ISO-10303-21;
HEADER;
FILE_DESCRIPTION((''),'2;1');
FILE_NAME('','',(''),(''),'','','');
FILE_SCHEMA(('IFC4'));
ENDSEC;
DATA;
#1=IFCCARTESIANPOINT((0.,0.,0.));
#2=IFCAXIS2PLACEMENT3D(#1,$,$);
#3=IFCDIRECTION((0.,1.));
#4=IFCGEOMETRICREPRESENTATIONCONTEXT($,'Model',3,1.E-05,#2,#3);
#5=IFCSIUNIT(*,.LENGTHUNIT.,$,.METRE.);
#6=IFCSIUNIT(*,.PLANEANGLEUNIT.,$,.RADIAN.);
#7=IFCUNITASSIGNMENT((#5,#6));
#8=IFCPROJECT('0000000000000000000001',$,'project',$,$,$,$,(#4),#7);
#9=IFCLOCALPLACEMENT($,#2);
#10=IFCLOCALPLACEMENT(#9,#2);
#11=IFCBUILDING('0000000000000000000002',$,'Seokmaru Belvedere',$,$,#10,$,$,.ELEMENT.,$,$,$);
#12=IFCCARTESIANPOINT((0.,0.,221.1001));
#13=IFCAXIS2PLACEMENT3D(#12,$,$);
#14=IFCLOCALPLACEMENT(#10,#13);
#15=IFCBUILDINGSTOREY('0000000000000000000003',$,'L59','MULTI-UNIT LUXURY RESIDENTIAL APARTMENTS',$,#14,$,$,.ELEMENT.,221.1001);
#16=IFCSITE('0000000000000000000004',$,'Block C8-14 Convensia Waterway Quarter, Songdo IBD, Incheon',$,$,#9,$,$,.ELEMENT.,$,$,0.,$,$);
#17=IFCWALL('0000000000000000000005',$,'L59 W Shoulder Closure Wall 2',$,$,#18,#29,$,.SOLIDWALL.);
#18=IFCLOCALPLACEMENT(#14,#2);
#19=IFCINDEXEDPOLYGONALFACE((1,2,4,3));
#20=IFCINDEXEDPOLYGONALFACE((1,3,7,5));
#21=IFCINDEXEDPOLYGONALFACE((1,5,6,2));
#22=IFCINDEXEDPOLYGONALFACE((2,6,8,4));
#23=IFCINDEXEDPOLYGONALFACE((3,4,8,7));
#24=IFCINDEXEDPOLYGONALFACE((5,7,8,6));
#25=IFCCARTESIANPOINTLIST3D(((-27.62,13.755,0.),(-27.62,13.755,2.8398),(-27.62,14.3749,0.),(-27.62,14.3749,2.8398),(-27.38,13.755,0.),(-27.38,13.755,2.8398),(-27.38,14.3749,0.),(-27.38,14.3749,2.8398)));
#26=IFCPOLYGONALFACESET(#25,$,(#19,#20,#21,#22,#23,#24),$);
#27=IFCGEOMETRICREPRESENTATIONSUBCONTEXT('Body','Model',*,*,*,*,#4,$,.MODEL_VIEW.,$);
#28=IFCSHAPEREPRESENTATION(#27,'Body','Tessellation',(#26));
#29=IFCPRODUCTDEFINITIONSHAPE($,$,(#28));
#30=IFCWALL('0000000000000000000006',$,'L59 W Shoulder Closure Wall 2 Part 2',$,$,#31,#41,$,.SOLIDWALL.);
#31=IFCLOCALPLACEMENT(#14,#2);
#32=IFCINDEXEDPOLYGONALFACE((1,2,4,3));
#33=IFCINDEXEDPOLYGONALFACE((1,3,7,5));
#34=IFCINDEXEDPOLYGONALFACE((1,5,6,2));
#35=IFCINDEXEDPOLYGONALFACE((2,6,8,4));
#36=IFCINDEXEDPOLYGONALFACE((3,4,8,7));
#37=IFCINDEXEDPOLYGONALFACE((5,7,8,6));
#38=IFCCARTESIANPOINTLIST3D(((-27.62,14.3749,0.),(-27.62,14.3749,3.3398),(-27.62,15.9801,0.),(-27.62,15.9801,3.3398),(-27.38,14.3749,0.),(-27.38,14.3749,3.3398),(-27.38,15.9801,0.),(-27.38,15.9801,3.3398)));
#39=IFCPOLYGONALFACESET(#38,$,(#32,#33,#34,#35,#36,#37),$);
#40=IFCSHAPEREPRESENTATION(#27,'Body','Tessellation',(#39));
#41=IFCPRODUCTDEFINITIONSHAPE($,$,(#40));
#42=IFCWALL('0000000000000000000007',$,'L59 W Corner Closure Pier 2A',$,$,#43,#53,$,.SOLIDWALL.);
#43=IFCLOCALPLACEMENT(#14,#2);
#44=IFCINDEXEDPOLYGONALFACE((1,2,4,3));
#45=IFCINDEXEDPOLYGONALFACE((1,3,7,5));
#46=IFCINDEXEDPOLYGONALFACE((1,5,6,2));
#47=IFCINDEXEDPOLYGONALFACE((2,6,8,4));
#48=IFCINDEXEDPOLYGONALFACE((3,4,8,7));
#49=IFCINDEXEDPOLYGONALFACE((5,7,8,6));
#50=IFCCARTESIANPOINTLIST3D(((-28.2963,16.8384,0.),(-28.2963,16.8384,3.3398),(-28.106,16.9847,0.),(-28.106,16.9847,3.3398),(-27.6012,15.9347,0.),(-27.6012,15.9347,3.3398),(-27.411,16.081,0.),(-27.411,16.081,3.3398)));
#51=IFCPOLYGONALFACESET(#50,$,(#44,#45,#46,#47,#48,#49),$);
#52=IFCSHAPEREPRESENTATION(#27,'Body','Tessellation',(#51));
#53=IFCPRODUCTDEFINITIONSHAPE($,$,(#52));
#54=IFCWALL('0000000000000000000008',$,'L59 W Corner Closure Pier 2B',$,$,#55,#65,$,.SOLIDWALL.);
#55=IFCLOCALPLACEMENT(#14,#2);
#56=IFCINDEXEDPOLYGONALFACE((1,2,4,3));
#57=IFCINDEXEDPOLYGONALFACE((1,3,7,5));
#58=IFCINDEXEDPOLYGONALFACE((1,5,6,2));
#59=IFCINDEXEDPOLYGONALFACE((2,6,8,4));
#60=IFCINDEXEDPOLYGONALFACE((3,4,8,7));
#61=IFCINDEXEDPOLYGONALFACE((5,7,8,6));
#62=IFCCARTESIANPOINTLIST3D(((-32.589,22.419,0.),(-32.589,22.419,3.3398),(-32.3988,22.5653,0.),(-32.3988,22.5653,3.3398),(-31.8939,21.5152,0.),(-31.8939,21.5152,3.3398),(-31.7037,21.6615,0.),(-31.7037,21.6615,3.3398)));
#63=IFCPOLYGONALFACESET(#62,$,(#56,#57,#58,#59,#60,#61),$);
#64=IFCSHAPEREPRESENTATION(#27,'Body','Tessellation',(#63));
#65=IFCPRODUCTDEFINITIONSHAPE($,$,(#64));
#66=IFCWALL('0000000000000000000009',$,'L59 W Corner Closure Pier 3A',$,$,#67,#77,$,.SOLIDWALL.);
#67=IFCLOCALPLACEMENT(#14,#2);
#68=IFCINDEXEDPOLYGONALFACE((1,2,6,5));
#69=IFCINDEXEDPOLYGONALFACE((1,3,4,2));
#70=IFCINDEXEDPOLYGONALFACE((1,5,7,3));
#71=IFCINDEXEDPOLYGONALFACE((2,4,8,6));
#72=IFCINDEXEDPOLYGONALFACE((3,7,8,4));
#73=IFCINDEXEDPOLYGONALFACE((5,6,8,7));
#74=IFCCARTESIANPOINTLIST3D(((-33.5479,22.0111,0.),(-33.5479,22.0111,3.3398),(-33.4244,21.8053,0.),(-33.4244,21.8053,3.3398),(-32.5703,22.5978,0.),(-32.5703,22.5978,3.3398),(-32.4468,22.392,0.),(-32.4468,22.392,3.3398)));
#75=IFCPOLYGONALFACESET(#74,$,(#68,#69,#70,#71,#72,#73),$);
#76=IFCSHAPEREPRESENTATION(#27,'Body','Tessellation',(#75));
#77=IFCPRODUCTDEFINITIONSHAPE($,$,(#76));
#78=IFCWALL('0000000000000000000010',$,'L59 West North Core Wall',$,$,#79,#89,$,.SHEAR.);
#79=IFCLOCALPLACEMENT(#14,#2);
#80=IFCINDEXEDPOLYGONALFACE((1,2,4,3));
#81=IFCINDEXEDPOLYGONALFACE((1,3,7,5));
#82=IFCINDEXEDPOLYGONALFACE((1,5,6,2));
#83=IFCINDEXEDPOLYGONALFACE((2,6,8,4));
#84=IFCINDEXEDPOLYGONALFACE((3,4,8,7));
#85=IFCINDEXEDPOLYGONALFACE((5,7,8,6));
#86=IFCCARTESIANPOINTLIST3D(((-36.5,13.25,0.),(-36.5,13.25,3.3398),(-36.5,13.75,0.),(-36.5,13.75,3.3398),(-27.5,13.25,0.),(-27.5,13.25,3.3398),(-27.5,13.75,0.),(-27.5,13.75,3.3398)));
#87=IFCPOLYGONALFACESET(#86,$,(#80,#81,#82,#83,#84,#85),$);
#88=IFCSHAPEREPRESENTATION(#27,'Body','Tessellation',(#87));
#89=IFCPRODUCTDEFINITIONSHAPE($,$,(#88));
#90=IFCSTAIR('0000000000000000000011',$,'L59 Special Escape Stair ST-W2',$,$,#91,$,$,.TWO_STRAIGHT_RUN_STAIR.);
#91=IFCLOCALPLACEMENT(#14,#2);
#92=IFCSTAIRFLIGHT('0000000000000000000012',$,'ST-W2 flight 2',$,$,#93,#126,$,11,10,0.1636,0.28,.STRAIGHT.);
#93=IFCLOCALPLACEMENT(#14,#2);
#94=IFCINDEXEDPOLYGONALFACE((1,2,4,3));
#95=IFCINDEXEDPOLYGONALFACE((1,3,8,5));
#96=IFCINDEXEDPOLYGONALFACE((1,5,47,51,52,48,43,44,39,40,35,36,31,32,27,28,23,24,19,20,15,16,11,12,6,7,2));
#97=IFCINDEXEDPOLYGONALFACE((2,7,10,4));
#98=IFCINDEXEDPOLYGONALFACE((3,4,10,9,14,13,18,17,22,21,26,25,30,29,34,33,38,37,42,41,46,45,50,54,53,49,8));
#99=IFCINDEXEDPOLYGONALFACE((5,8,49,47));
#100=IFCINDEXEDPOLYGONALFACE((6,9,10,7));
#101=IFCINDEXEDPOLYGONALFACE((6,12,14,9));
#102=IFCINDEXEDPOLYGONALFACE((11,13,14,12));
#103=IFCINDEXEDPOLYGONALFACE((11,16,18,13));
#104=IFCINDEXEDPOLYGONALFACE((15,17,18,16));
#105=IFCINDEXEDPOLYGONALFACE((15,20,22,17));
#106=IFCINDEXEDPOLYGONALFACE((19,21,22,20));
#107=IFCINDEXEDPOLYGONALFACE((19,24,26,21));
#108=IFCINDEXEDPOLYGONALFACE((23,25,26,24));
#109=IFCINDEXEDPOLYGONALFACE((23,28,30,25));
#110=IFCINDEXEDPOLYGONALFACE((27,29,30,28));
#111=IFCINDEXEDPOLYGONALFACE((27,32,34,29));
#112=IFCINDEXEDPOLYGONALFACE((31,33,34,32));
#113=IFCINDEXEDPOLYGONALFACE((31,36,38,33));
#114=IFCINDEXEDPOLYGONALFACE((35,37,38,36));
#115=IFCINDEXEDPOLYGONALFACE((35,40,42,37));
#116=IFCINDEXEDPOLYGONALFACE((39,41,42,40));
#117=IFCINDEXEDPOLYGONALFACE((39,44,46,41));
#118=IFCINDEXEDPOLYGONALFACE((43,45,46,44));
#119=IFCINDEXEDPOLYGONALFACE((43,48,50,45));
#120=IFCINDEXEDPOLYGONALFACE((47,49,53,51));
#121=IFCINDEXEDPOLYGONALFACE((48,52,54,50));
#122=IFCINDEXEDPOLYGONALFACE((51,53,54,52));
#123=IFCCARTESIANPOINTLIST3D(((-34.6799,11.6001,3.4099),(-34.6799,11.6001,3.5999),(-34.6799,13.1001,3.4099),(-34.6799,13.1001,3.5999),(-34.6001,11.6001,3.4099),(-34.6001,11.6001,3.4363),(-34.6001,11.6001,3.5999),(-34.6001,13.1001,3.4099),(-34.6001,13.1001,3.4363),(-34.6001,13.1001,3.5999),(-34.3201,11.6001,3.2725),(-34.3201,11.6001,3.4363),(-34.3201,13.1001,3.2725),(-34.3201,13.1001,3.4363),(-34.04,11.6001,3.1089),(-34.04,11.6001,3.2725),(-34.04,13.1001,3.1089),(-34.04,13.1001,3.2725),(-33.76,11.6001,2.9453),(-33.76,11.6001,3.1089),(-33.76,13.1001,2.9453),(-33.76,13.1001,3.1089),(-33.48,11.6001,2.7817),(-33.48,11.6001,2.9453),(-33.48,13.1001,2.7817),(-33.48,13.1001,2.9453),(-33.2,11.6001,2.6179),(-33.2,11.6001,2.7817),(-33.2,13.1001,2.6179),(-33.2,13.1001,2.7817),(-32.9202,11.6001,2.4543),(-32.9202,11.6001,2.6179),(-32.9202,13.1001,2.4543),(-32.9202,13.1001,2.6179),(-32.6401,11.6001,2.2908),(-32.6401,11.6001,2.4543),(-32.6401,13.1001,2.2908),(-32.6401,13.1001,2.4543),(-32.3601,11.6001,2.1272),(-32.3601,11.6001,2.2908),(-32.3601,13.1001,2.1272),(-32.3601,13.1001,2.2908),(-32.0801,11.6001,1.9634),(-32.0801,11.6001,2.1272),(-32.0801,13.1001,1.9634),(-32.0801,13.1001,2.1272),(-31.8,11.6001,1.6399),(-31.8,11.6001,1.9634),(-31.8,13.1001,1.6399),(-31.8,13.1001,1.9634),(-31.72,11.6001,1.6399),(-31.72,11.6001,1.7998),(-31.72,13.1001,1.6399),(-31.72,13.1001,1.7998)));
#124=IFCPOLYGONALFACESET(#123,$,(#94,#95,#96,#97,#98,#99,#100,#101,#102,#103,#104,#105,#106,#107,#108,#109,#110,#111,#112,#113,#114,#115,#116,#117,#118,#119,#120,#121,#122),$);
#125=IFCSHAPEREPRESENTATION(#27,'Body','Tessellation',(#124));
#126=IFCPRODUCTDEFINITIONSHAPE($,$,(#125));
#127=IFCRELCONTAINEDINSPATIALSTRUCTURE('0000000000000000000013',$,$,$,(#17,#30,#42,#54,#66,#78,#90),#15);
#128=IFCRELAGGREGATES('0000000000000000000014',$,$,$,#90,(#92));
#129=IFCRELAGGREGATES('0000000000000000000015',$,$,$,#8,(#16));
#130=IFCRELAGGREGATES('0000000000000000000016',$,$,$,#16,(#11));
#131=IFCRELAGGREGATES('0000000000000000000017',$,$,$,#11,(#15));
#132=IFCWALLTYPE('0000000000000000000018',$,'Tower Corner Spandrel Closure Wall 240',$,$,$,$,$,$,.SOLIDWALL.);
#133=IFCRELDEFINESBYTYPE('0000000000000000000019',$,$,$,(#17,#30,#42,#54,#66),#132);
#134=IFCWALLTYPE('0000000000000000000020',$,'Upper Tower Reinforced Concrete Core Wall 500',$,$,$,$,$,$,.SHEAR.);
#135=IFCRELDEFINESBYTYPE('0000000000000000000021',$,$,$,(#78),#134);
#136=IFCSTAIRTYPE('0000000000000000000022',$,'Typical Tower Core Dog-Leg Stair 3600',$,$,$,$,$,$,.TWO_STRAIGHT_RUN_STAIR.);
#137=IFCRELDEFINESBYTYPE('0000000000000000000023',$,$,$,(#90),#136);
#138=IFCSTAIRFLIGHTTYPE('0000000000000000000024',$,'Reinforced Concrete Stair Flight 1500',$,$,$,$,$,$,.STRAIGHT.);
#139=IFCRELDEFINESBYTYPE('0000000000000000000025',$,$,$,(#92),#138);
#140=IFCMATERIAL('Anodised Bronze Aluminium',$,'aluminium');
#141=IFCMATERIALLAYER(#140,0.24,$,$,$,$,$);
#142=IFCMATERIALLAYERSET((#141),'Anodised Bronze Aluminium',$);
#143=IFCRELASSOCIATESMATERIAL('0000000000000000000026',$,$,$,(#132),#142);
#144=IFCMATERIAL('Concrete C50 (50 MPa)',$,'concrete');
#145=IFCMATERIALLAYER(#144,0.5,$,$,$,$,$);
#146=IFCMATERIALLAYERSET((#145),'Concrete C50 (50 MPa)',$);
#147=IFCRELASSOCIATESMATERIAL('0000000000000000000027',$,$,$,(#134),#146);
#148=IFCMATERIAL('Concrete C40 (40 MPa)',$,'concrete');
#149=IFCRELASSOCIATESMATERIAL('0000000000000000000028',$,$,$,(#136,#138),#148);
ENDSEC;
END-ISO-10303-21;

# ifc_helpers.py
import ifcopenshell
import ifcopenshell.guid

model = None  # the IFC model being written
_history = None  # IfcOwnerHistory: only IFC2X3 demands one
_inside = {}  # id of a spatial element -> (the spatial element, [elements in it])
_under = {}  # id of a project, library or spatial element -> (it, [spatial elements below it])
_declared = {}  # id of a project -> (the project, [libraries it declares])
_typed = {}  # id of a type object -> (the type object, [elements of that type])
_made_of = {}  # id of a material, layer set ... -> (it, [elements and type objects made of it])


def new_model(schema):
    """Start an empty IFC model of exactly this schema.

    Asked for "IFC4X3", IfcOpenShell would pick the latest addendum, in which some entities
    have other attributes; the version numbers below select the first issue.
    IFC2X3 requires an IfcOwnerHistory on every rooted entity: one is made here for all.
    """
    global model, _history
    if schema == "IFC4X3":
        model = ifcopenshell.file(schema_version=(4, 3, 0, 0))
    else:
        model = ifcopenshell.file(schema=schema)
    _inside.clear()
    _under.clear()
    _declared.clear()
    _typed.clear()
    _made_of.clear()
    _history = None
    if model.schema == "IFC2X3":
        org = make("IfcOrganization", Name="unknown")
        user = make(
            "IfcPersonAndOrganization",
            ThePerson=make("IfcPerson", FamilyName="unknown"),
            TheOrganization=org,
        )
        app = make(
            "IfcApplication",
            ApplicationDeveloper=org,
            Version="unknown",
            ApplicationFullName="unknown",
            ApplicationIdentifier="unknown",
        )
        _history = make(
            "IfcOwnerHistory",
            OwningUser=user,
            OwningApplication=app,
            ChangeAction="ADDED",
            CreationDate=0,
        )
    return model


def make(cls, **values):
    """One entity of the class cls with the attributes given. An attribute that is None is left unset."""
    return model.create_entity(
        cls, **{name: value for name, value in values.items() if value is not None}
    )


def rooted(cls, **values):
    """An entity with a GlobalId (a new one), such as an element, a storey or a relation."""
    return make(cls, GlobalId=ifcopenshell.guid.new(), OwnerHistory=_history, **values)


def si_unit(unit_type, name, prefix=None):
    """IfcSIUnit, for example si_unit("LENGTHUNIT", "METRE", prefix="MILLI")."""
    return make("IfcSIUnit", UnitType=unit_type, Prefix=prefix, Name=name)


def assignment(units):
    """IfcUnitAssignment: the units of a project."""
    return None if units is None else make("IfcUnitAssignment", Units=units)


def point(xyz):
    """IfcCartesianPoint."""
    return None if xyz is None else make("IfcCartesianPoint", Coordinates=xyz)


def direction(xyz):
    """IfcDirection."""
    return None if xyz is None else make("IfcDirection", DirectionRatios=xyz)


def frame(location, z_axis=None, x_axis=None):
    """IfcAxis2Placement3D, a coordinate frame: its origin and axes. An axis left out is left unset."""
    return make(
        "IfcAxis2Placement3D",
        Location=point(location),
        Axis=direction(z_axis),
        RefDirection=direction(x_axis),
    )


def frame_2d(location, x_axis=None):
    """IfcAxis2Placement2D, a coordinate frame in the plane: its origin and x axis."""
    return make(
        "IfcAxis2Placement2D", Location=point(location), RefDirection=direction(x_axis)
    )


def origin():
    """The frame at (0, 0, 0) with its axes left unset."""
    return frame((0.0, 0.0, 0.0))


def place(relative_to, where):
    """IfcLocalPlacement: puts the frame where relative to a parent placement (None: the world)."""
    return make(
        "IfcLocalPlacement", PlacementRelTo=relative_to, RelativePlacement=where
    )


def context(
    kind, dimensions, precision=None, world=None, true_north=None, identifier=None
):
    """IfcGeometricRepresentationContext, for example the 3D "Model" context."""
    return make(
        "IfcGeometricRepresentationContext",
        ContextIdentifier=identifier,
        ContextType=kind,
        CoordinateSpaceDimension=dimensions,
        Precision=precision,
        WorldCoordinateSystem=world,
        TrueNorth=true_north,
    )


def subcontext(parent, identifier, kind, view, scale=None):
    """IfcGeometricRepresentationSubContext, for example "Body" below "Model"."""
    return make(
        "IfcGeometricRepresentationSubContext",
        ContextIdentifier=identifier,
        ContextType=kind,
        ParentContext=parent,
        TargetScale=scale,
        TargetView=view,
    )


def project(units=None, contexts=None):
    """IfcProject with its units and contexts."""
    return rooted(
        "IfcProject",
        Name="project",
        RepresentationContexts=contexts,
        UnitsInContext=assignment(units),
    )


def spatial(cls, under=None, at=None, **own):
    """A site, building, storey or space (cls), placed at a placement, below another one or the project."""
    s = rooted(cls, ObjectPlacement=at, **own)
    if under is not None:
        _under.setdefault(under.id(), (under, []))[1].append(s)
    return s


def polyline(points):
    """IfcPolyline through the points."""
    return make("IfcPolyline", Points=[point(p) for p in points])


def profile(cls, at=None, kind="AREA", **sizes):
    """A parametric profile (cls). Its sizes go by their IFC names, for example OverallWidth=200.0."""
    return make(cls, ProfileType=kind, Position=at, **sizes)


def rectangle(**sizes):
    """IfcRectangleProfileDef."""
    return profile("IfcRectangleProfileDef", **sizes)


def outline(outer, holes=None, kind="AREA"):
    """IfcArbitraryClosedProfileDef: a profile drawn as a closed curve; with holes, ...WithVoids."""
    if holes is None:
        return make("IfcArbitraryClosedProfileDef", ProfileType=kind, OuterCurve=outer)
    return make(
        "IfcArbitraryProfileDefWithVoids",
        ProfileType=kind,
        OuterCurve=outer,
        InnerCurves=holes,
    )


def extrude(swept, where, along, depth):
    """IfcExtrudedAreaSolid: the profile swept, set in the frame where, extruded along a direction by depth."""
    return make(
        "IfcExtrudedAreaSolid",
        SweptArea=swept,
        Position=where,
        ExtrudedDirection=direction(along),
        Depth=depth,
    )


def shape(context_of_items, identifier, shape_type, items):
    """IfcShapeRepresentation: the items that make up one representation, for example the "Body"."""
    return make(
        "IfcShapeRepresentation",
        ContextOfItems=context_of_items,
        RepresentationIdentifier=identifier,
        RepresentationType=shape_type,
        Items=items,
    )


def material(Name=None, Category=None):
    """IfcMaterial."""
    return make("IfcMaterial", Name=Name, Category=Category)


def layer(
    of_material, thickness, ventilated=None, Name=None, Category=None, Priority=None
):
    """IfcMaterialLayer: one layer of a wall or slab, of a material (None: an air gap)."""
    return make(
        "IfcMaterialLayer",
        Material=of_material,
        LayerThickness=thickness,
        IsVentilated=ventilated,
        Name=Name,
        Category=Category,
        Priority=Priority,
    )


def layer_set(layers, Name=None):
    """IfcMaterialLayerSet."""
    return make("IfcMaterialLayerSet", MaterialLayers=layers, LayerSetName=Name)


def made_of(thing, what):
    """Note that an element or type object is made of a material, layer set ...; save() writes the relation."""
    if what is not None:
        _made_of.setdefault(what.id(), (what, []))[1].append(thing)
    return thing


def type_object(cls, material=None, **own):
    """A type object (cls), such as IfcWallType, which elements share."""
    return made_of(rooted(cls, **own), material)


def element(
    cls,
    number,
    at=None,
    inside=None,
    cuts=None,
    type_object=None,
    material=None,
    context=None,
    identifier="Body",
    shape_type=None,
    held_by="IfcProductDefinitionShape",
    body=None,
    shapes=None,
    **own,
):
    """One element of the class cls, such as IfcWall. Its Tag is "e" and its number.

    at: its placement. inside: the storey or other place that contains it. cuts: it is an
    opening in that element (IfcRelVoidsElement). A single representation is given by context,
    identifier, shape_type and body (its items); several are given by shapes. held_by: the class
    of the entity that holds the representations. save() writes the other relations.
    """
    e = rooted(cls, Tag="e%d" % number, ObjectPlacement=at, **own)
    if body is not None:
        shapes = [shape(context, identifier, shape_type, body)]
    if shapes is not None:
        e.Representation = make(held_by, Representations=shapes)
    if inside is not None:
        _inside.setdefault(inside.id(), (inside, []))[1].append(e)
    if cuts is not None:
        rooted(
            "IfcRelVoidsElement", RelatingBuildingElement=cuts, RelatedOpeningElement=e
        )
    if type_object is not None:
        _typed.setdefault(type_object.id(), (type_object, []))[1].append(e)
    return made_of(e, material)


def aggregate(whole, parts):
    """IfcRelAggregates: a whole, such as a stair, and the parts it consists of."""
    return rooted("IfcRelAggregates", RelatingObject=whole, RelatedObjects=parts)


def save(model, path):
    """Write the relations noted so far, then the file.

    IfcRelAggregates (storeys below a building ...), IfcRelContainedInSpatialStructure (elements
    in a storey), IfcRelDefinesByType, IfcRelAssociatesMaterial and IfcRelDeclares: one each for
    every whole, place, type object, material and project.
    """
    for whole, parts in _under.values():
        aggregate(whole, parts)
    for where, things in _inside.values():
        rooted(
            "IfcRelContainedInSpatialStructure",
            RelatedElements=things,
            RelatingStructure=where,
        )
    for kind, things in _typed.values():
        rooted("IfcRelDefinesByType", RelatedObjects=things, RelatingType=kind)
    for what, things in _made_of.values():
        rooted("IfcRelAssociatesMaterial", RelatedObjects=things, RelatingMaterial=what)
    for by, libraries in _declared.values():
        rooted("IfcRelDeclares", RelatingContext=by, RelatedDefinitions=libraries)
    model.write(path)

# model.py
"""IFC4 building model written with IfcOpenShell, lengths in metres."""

from ifc_helpers import new_model, si_unit, direction, frame, frame_2d, origin, place, context, subcontext, project, spatial, polyline, rectangle, outline, extrude, material, layer, layer_set, type_object, element, aggregate, save


model = new_model("IFC4")

# Units and contexts
model_context = context("Model", 3, precision=1e-05, world=origin(), true_north=direction((0.0, 1.0)))
body_context = subcontext(model_context, "Body", "Model", "MODEL_VIEW")
ifc_project = project(units=[si_unit("LENGTHUNIT", "METRE"), si_unit("PLANEANGLEUNIT", "RADIAN")], contexts=[model_context])

# Site, building, storey
site_placement = place(None, origin())
site = spatial("IfcSite", under=ifc_project, at=site_placement, Name="Block C8-14 Convensia Waterway Quarter, Songdo IBD, Incheon", CompositionType="ELEMENT", RefElevation=0.0)
building_placement = place(site_placement, origin())
building = spatial("IfcBuilding", under=site, at=building_placement, Name="Seokmaru Belvedere", CompositionType="ELEMENT")
storey_placement = place(building_placement, frame((0.0, 0.0, 221.1001)))
storey = spatial("IfcBuildingStorey", under=building, at=storey_placement, Name="L59", Description="MULTI-UNIT LUXURY RESIDENTIAL APARTMENTS", CompositionType="ELEMENT", Elevation=221.1001)

# Shared definitions
ifc_material_1 = material(Name="Anodised Bronze Aluminium", Category="aluminium")

# Walls
ifc_layer_1 = layer(ifc_material_1, 0.24)
ifc_layer_set_1 = layer_set([ifc_layer_1], Name="Anodised Bronze Aluminium")
wall_type_1 = type_object("IfcWallType", Name="Tower Corner Spandrel Closure Wall 240", PredefinedType="SOLIDWALL", material=ifc_layer_set_1)
wall_1_placement = place(storey_placement, frame((-27.5, 13.7549, 0.0), z_axis=(0.0, 0.0, 1.0), x_axis=(0.0, 1.0, 0.0)))
element("IfcWall", 1, at=wall_1_placement, inside=storey, type_object=wall_type_1, Name="L59 W Shoulder Closure Wall 2", PredefinedType="SOLIDWALL", context=body_context, shape_type="SweptSolid", body=[
    extrude(rectangle(XDim=0.6199, YDim=0.24, at=frame_2d((0.3101, 0.0))), origin(), (0.0, 0.0, 1.0), 2.8398),
])
wall_2_placement = place(storey_placement, frame((-27.5, 14.3748, 0.0), z_axis=(0.0, 0.0, 1.0), x_axis=(0.0, 1.0, 0.0)))
element("IfcWall", 2, at=wall_2_placement, inside=storey, type_object=wall_type_1, Name="L59 W Shoulder Closure Wall 2 Part 2", PredefinedType="SOLIDWALL", context=body_context, shape_type="SweptSolid", body=[
    extrude(rectangle(XDim=1.6052, YDim=0.24, at=frame_2d((0.8027, 0.0))), origin(), (0.0, 0.0, 1.0), 3.3398),
])
for number, where, z_axis, x_axis, name in (
    (3, (-27.5061, 16.0078, 0.0), (0.0, 0.0, 1.0), (-0.609618, 0.792696, 0.0), "L59 W Corner Closure Pier 2A"),
    (4, (-31.7988, 21.5884, 0.0), (0.0, 0.0, 1.0), (-0.609618, 0.792696, 0.0), "L59 W Corner Closure Pier 2B"),
    (5, (-32.5085, 22.4949, 0.0), (0.0, 0.0, 1.0), (-0.857436, -0.51459, 0.0), "L59 W Corner Closure Pier 3A"),
):
    element("IfcWall", number, at=place(storey_placement, frame(where, z_axis=z_axis, x_axis=x_axis)), inside=storey, type_object=wall_type_1, Name=name, PredefinedType="SOLIDWALL", context=body_context, shape_type="SweptSolid", body=[
        extrude(rectangle(XDim=1.1401, YDim=0.24, at=frame_2d((0.5701, 0.0))), origin(), (0.0, 0.0, 1.0), 3.3398),
    ])
ifc_material_2 = material(Name="Concrete C50 (50 MPa)", Category="concrete")
ifc_layer_2 = layer(ifc_material_2, 0.5)
ifc_layer_set_2 = layer_set([ifc_layer_2], Name="Concrete C50 (50 MPa)")
wall_type_2 = type_object("IfcWallType", Name="Upper Tower Reinforced Concrete Core Wall 500", PredefinedType="SHEAR", material=ifc_layer_set_2)
wall_3_placement = place(storey_placement, frame((-36.5, 13.5, 0.0), z_axis=(0.0, 0.0, 1.0), x_axis=(1.0, 0.0, 0.0)))
element("IfcWall", 6, at=wall_3_placement, inside=storey, type_object=wall_type_2, Name="L59 West North Core Wall", PredefinedType="SHEAR", context=body_context, shape_type="SweptSolid", body=[
    extrude(rectangle(XDim=9.0, YDim=0.5, at=frame_2d((4.5, 0.0))), origin(), (0.0, 0.0, 1.0), 3.3398),
])

# Stair, stair flight
ifc_material_3 = material(Name="Concrete C40 (40 MPa)", Category="concrete")
stair_type = type_object("IfcStairType", Name="Typical Tower Core Dog-Leg Stair 3600", PredefinedType="TWO_STRAIGHT_RUN_STAIR", material=ifc_material_3)
stair_placement = place(storey_placement, origin())
stair = element("IfcStair", 7, at=stair_placement, inside=storey, type_object=stair_type, Name="L59 Special Escape Stair ST-W2", PredefinedType="TWO_STRAIGHT_RUN_STAIR")
stair_flight_type = type_object("IfcStairFlightType", Name="Reinforced Concrete Stair Flight 1500", PredefinedType="STRAIGHT", material=ifc_material_3)
stair_flight_placement = place(storey_placement, frame((-31.8, 12.3501, 1.7998), z_axis=(0.0, 0.0, 1.0), x_axis=(-1.0, 0.0, 0.0)))
stair_flight = element("IfcStairFlight", 8, at=stair_flight_placement, type_object=stair_flight_type, Name="ST-W2 flight 2", NumberOfRisers=11, NumberOfTreads=10, PredefinedType="STRAIGHT", RiserHeight=0.1636, TreadLength=0.28, context=body_context, shape_type="SweptSolid", body=[
    extrude(outline(polyline([(-0.0801, 0.0), (0.0, 0.1636), (0.28, 0.1636), (0.28, 0.3274), (0.5601, 0.3274), (0.5601, 0.491), (0.8401, 0.491), (0.8401, 0.6545), (1.1201, 0.6545), (1.1201, 0.8181), (1.3999, 0.8181), (1.3999, 0.9819), (1.6799, 0.9819), (1.6799, 1.1455), (1.96, 1.1455), (1.96, 1.3091), (2.24, 1.3091), (2.24, 1.4727), (2.52, 1.4727), (2.52, 1.6365), (2.8, 1.6365), (2.8, 1.8), (2.8799, 1.8), (2.8799, 1.6101), (2.8, 1.6101), (0.0, -0.1599), (-0.0801, -0.1599), (-0.0801, 0.0)])), frame((0.0, 0.75, 0.0), z_axis=(0.0, -1.0, 0.0), x_axis=(1.0, 0.0, 0.0)), (0.0, 0.0, 1.0), 1.5),
])
aggregate(stair, [stair_flight])

save(model, "model.ifc")
